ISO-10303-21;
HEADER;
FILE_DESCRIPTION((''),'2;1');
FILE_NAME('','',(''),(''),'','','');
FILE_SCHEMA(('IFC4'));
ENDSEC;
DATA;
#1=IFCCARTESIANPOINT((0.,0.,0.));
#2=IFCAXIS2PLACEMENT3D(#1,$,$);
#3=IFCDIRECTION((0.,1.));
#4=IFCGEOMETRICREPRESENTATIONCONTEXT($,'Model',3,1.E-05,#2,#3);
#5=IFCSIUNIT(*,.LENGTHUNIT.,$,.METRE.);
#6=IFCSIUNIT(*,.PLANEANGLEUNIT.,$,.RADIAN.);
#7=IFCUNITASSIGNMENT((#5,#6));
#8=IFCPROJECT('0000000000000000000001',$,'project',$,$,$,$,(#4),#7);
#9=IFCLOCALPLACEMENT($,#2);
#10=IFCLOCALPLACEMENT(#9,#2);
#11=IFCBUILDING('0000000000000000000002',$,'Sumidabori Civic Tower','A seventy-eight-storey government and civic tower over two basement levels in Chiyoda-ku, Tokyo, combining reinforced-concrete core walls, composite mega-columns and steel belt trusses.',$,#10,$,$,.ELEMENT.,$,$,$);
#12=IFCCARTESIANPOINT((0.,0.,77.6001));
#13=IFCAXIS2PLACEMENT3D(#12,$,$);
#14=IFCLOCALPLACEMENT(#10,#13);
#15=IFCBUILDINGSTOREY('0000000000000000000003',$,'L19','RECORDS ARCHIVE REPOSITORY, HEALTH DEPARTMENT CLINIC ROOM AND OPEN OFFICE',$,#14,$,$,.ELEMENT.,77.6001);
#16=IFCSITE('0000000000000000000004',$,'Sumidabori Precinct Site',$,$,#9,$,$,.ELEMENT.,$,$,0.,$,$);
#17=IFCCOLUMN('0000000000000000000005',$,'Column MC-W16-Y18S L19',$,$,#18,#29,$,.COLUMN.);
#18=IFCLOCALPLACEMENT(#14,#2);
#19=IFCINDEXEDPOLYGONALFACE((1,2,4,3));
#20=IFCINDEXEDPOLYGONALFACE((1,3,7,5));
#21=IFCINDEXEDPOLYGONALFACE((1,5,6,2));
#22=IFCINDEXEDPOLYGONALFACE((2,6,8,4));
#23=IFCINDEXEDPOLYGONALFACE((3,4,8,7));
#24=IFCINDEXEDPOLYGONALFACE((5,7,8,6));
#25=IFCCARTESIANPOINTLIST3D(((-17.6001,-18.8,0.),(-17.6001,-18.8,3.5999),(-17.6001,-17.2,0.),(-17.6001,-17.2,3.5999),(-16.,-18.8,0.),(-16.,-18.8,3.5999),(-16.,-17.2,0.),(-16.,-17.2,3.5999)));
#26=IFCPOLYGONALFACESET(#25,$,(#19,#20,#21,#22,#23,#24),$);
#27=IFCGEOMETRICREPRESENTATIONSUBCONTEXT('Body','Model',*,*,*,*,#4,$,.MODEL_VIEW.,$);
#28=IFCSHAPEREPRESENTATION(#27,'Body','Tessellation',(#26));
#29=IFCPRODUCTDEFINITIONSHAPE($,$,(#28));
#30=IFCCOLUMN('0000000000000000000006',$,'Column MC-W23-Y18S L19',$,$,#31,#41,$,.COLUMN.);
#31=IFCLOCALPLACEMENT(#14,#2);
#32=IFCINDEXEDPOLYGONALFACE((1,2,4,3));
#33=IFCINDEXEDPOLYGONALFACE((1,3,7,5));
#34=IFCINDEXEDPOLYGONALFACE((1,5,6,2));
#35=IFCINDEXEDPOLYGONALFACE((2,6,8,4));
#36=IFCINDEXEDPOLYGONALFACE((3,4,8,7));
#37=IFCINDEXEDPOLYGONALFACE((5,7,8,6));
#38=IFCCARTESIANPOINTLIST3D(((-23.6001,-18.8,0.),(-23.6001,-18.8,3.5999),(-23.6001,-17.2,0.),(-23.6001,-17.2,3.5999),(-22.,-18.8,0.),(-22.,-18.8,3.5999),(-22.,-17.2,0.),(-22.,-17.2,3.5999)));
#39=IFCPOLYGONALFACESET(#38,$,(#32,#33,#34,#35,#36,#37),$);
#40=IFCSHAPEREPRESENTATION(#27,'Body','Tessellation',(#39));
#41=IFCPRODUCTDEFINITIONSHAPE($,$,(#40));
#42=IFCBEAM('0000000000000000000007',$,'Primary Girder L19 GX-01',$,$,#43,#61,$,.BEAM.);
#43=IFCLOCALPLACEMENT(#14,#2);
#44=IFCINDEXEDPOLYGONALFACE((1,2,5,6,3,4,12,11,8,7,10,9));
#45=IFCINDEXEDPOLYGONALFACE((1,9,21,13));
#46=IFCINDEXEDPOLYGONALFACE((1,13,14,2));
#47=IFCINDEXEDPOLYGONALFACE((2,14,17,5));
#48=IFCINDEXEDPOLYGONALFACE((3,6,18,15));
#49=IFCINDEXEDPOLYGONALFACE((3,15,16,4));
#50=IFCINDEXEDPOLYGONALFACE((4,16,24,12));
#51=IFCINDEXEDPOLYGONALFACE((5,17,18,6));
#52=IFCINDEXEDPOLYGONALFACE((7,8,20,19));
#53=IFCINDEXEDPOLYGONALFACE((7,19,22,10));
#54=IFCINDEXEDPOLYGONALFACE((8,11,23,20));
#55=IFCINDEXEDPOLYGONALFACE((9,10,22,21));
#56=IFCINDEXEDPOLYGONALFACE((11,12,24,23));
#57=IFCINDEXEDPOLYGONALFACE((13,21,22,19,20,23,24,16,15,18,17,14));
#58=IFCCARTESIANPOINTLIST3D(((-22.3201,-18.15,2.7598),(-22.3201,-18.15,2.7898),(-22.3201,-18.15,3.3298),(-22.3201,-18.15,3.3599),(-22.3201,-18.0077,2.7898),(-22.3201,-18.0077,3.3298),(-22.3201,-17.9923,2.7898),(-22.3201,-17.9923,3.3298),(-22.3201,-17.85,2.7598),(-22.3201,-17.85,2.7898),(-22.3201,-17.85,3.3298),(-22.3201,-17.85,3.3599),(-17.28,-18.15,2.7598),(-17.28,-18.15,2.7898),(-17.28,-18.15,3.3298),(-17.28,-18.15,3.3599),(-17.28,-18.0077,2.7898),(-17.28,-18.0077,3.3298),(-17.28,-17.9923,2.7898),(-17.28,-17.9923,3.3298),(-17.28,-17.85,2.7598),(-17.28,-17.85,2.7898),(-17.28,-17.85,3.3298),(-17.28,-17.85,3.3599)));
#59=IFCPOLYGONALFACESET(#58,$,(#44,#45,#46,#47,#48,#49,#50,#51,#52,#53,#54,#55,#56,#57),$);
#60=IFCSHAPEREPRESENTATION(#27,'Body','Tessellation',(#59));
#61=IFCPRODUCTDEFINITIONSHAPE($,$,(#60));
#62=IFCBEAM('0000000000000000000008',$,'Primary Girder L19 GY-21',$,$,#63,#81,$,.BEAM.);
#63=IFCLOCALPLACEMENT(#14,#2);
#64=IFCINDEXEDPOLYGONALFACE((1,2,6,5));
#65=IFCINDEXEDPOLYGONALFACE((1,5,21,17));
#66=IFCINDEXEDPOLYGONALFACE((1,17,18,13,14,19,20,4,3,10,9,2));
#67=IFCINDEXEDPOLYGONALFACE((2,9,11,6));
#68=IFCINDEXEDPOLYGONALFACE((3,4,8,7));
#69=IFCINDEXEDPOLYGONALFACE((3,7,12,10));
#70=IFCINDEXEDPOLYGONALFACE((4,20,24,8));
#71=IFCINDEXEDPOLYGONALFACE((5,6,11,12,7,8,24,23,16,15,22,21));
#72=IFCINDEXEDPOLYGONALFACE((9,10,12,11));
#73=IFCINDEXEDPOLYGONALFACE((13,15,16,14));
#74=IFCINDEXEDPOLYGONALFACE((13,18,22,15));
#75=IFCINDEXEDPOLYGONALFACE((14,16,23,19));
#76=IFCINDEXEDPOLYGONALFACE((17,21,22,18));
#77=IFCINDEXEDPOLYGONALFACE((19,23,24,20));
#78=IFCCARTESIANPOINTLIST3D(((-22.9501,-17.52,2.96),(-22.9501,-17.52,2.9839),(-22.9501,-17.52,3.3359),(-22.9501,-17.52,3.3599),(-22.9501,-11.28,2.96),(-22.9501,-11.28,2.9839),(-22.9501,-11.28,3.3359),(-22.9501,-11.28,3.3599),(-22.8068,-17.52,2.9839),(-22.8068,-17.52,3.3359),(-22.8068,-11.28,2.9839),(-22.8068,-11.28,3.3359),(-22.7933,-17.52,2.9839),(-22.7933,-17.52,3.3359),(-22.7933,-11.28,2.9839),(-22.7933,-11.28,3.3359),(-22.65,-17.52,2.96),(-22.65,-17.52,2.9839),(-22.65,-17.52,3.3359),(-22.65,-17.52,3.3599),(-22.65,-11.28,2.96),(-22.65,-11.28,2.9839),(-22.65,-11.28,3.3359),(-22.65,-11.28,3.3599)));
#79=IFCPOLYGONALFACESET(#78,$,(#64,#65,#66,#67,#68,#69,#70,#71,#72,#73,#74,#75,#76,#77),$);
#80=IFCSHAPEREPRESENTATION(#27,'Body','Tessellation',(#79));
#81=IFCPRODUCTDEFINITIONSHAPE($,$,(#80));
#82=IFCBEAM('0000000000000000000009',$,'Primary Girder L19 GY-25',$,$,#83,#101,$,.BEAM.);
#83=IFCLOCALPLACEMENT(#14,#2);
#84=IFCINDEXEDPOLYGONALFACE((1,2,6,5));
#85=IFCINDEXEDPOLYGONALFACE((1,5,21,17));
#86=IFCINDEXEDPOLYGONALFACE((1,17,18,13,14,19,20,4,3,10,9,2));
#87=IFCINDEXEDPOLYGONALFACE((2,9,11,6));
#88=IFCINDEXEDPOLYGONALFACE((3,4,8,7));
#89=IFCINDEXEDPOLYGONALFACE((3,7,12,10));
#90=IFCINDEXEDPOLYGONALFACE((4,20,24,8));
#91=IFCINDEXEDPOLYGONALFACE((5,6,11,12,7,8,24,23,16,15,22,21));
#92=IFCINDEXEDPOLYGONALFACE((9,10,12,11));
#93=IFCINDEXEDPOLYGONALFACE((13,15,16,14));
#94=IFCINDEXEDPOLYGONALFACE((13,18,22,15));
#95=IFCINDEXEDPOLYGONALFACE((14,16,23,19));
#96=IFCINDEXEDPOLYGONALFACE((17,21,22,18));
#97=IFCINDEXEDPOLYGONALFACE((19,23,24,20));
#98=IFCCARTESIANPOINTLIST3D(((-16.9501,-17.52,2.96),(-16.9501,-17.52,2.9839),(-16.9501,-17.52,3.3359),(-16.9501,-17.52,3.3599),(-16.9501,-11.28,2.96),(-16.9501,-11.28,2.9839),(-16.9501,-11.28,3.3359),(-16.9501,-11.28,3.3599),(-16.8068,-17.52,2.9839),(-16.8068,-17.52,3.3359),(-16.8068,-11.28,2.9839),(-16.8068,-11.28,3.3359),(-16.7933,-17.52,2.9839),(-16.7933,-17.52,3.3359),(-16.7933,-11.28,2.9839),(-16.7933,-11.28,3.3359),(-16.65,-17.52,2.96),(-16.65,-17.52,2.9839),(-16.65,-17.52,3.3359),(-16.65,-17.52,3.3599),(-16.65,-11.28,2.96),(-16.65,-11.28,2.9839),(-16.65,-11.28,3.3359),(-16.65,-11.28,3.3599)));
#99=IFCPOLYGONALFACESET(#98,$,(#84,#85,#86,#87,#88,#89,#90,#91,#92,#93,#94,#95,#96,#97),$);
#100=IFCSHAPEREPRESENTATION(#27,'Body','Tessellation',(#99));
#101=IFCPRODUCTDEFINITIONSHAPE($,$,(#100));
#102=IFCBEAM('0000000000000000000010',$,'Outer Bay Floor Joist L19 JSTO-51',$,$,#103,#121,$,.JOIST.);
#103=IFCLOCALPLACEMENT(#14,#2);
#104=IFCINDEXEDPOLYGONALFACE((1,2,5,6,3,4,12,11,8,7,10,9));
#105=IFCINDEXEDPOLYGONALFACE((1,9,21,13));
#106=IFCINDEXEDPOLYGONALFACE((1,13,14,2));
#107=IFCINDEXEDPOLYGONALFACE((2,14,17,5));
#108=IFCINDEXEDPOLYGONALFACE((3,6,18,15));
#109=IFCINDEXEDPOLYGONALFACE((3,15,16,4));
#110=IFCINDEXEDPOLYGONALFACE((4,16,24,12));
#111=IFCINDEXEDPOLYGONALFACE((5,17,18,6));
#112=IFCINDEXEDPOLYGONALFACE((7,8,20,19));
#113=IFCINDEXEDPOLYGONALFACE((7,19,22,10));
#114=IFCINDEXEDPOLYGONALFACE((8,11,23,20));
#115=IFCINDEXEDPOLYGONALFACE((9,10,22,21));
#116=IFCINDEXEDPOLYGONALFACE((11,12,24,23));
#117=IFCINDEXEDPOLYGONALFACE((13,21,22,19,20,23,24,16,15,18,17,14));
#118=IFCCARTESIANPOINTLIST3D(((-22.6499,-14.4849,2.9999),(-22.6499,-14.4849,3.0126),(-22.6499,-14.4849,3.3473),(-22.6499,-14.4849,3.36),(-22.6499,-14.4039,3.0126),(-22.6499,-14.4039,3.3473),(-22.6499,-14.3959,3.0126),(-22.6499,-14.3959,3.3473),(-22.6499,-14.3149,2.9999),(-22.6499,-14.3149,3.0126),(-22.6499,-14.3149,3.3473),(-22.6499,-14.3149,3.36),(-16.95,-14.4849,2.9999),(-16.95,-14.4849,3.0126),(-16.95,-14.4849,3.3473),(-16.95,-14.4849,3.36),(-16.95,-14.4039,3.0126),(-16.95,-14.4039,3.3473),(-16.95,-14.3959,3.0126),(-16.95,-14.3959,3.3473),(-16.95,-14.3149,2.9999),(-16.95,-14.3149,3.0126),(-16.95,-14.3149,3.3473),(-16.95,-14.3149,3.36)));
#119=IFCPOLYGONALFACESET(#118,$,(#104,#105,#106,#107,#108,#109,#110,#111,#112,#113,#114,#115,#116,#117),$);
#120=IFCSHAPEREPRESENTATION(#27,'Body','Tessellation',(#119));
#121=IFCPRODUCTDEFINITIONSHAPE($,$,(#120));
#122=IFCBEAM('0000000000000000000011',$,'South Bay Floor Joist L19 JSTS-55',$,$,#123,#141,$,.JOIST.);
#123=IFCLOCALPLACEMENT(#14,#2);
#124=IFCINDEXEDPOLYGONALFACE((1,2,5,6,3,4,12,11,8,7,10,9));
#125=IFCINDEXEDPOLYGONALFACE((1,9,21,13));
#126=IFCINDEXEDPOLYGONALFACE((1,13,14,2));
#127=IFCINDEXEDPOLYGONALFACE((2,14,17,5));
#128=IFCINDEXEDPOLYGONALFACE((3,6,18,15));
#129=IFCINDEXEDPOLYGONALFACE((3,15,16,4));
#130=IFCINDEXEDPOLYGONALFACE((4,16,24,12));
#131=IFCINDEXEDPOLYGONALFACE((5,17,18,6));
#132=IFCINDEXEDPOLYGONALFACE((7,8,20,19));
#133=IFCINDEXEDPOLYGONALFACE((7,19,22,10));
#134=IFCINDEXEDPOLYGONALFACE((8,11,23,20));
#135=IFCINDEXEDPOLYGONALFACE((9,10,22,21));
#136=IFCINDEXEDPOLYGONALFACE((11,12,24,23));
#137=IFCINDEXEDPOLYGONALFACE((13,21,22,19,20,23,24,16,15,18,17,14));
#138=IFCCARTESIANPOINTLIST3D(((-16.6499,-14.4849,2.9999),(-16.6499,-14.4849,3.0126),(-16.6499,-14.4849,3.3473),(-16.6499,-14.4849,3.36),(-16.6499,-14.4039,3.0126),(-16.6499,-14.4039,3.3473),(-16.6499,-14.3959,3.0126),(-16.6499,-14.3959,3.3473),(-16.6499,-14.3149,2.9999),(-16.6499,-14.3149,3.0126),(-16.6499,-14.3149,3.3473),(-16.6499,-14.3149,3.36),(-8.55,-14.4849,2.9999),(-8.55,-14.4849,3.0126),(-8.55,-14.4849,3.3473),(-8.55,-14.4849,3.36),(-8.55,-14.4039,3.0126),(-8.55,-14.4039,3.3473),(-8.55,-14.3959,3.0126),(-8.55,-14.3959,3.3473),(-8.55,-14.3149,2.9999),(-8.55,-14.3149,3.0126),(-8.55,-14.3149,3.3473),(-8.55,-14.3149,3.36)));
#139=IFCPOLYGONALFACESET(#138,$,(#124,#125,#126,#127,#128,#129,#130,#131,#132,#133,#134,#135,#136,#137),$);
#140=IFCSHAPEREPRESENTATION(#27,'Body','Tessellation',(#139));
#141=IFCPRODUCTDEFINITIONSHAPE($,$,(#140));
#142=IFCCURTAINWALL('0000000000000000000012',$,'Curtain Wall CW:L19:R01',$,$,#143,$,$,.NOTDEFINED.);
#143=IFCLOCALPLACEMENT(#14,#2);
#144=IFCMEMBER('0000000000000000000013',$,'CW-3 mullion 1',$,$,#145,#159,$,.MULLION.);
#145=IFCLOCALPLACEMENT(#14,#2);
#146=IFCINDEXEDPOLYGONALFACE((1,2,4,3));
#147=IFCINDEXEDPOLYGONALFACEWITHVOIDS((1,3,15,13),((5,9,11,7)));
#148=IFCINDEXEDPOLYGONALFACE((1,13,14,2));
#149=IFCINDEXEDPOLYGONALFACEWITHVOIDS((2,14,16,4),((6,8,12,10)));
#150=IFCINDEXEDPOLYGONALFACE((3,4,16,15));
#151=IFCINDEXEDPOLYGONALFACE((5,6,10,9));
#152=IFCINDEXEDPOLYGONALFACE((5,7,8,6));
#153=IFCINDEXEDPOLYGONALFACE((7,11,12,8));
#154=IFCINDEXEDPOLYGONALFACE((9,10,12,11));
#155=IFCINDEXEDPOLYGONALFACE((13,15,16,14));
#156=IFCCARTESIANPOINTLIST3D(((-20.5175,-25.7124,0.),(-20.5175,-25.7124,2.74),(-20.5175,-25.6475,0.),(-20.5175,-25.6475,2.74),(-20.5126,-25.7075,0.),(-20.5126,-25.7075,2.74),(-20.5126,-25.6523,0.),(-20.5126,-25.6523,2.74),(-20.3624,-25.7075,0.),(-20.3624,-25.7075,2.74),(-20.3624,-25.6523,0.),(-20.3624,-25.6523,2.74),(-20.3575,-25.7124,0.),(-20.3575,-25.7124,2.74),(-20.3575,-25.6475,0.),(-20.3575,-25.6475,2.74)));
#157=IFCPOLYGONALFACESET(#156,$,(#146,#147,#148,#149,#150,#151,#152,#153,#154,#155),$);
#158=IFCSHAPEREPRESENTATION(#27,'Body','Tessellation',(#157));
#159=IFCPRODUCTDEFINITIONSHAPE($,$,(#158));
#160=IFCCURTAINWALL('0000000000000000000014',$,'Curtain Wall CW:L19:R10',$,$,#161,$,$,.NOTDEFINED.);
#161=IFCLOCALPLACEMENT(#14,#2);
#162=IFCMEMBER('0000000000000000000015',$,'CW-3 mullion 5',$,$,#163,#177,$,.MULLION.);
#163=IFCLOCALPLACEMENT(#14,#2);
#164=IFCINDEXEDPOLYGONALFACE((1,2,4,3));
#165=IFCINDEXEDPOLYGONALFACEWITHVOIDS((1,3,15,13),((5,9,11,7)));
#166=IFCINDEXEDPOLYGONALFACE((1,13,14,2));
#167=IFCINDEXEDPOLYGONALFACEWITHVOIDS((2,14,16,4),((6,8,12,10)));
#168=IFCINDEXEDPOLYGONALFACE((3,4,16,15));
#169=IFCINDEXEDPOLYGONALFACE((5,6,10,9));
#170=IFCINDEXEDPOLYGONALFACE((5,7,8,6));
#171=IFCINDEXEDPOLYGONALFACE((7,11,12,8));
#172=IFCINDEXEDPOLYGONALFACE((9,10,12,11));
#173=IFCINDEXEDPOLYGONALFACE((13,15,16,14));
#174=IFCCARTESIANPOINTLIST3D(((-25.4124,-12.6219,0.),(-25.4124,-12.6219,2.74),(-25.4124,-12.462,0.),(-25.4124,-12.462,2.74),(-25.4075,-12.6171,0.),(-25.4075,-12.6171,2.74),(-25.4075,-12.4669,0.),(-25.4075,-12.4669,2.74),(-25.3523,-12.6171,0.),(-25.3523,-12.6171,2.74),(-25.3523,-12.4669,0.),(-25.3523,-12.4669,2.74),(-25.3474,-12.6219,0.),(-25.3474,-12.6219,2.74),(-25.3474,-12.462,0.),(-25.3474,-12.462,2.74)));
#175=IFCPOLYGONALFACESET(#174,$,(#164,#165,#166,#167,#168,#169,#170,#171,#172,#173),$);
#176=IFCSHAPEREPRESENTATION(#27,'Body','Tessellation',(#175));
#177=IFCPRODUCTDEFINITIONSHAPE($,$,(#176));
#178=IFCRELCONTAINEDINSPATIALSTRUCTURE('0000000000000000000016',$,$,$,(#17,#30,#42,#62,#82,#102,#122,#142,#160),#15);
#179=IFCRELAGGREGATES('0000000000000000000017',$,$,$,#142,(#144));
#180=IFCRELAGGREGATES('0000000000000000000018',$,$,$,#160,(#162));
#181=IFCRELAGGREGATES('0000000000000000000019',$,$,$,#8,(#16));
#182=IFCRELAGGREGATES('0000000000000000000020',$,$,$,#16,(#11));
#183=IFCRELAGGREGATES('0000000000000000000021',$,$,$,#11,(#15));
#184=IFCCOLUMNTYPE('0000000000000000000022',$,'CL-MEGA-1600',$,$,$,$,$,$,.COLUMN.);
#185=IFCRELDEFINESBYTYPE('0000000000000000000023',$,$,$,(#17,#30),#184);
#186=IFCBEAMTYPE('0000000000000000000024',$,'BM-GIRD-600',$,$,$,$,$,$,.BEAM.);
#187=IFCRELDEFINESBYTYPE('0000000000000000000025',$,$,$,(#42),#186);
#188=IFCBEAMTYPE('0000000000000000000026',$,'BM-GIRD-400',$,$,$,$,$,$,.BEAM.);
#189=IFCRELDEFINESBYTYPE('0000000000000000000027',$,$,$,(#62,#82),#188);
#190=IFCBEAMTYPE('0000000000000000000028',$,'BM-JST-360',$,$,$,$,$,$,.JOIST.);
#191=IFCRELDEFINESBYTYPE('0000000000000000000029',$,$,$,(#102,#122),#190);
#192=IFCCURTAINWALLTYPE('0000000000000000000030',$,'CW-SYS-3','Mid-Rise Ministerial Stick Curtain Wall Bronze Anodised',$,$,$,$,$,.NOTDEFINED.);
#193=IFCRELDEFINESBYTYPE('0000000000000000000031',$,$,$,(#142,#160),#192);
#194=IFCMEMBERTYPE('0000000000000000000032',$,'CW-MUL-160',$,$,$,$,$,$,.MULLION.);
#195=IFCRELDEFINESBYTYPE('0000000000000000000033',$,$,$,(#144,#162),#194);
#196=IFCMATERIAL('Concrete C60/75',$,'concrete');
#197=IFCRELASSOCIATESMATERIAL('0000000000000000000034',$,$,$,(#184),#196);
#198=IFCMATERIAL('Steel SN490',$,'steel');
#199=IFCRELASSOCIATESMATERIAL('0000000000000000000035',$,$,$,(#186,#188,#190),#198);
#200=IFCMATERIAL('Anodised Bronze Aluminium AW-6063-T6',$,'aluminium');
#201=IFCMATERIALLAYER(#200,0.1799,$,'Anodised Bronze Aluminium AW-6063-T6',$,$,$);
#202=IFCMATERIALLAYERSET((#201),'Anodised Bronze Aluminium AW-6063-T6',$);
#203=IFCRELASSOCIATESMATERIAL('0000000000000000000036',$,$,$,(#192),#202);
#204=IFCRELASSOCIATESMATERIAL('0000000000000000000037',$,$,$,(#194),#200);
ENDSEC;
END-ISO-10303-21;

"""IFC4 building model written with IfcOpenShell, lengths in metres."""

from ifc_helpers import new_model, si_unit, direction, frame, origin, origin_2d, place, context, subcontext, project, spatial, rectangle, hollow_rectangle, i_section, extrude, source, transform, mapped, material, layer, layer_set, material_profile, profile_set, type_object, element, aggregate, save


model = new_model("IFC4")

# Units and contexts
model_context = context("Model", 3, precision=1e-05, world=origin(), true_north=direction((0.0, 1.0)))
body_context = subcontext(model_context, "Body", "Model", "MODEL_VIEW")
ifc_project = project(units=[si_unit("LENGTHUNIT", "METRE"), si_unit("PLANEANGLEUNIT", "RADIAN")], contexts=[model_context])

# Site, building, storey
site_placement = place(None, origin())
site = spatial("IfcSite", under=ifc_project, at=site_placement, Name="Sumidabori Precinct Site", CompositionType="ELEMENT", RefElevation=0.0)
building_placement = place(site_placement, origin())
building = spatial("IfcBuilding", under=site, at=building_placement, Name="Sumidabori Civic Tower", Description="A seventy-eight-storey government and civic tower over two basement levels in Chiyoda-ku, Tokyo, combining reinforced-concrete core walls, composite mega-columns and steel belt trusses.", CompositionType="ELEMENT")
storey_placement = place(building_placement, frame((0.0, 0.0, 77.6001)))
storey = spatial("IfcBuildingStorey", under=building, at=storey_placement, Name="L19", Description="RECORDS ARCHIVE REPOSITORY, HEALTH DEPARTMENT CLINIC ROOM AND OPEN OFFICE", CompositionType="ELEMENT", Elevation=77.6001)

# Columns
ifc_material_1 = material(Name="Concrete C60/75", Category="concrete")
ifc_material_profile_1 = material_profile(ifc_material_1, rectangle(XDim=1.6001, YDim=1.6001, at=origin_2d()), Name="RC 1600x1600")
ifc_profile_set_1 = profile_set([ifc_material_profile_1], Name="Concrete C60/75")
column_type = type_object("IfcColumnType", Name="CL-MEGA-1600", PredefinedType="COLUMN", material=ifc_profile_set_1)
shared_shape_1 = source(origin(), body_context, "Body", "SweptSolid", [
    extrude(rectangle(XDim=1.6001, YDim=1.6001, at=origin_2d()), origin(), (0.0, 0.0, 1.0), 3.5999),
])
for number, where, z_axis, x_axis, name in (
    (1, (-16.8, -18.0, 0.0), (0.0, 0.0, 1.0), (1.0, 0.0, 0.0), "Column MC-W16-Y18S L19"),
    (2, (-22.8, -18.0, 0.0), (0.0, 0.0, 1.0), (1.0, 0.0, 0.0), "Column MC-W23-Y18S L19"),
):
    element("IfcColumn", number, at=place(storey_placement, frame(where, z_axis=z_axis, x_axis=x_axis)), inside=storey, type_object=column_type, Name=name, PredefinedType="COLUMN", context=body_context, shape_type="MappedRepresentation", body=[
        mapped(shared_shape_1, transform((0.0, 0.0, 0.0), x_axis=(1.0, 0.0, 0.0), y_axis=(0.0, 1.0, 0.0), z_axis=(0.0, 0.0, 1.0), scale=1.0)),
    ])

# Beams
ifc_material_2 = material(Name="Steel SN490", Category="steel")
ifc_material_profile_2 = material_profile(ifc_material_2, i_section(OverallWidth=0.3, OverallDepth=0.6001, WebThickness=0.0154, FlangeThickness=0.03, at=origin_2d()), Name="HE 600 B")
ifc_profile_set_2 = profile_set([ifc_material_profile_2], Name="Steel SN490")
beam_type_1 = type_object("IfcBeamType", Name="BM-GIRD-600", PredefinedType="BEAM", material=ifc_profile_set_2)
shared_shape_2 = source(origin(), body_context, "Body", "SweptSolid", [
    extrude(i_section(OverallWidth=0.3, OverallDepth=0.6001, WebThickness=0.0154, FlangeThickness=0.03, at=origin_2d()), origin(), (0.0, 0.0, 1.0), 5.04),
])
beam_1_placement = place(storey_placement, frame((-22.3201, -18.0, 3.0598), z_axis=(1.0, 0.0, 0.0), x_axis=(0.0, 1.0, 0.0)))
element("IfcBeam", 3, at=beam_1_placement, inside=storey, type_object=beam_type_1, Name="Primary Girder L19 GX-01", PredefinedType="BEAM", context=body_context, shape_type="MappedRepresentation", body=[
    mapped(shared_shape_2, transform((0.0, 0.0, 0.0), x_axis=(1.0, 0.0, 0.0), y_axis=(0.0, 1.0, 0.0), z_axis=(0.0, 0.0, 1.0), scale=1.0)),
])
ifc_material_profile_3 = material_profile(ifc_material_2, i_section(OverallWidth=0.3, OverallDepth=0.3999, WebThickness=0.0134, FlangeThickness=0.0239, at=origin_2d()), Name="HE 400 B")
ifc_profile_set_3 = profile_set([ifc_material_profile_3], Name="Steel SN490")
beam_type_2 = type_object("IfcBeamType", Name="BM-GIRD-400", PredefinedType="BEAM", material=ifc_profile_set_3)
shared_shape_3 = source(origin(), body_context, "Body", "SweptSolid", [
    extrude(i_section(OverallWidth=0.3, OverallDepth=0.3999, WebThickness=0.0134, FlangeThickness=0.0239, at=origin_2d()), origin(), (0.0, 0.0, 1.0), 6.24),
])
for number, where, z_axis, x_axis, name in (
    (4, (-22.8, -17.52, 3.1599), (0.0, 1.0, 0.0), (-1.0, 0.0, 0.0), "Primary Girder L19 GY-21"),
    (5, (-16.8, -17.52, 3.1599), (0.0, 1.0, 0.0), (-1.0, 0.0, 0.0), "Primary Girder L19 GY-25"),
):
    element("IfcBeam", number, at=place(storey_placement, frame(where, z_axis=z_axis, x_axis=x_axis)), inside=storey, type_object=beam_type_2, Name=name, PredefinedType="BEAM", context=body_context, shape_type="MappedRepresentation", body=[
        mapped(shared_shape_3, transform((0.0, 0.0, 0.0), x_axis=(1.0, 0.0, 0.0), y_axis=(0.0, 1.0, 0.0), z_axis=(0.0, 0.0, 1.0), scale=1.0)),
    ])
ifc_material_profile_4 = material_profile(ifc_material_2, i_section(OverallWidth=0.1699, OverallDepth=0.3601, WebThickness=0.0081, FlangeThickness=0.0127, at=origin_2d()), Name="IPE 360")
ifc_profile_set_4 = profile_set([ifc_material_profile_4], Name="Steel SN490")
beam_type_3 = type_object("IfcBeamType", Name="BM-JST-360", PredefinedType="JOIST", material=ifc_profile_set_4)
shared_shape_4 = source(origin(), body_context, "Body", "SweptSolid", [
    extrude(i_section(OverallWidth=0.1699, OverallDepth=0.3601, WebThickness=0.0081, FlangeThickness=0.0127, at=origin_2d()), origin(), (0.0, 0.0, 1.0), 5.7),
])
beam_2_placement = place(storey_placement, frame((-22.6499, -14.3999, 3.1799), z_axis=(1.0, 0.0, 0.0), x_axis=(0.0, 1.0, 0.0)))
element("IfcBeam", 6, at=beam_2_placement, inside=storey, type_object=beam_type_3, Name="Outer Bay Floor Joist L19 JSTO-51", PredefinedType="JOIST", context=body_context, shape_type="MappedRepresentation", body=[
    mapped(shared_shape_4, transform((0.0, 0.0, 0.0), x_axis=(1.0, 0.0, 0.0), y_axis=(0.0, 1.0, 0.0), z_axis=(0.0, 0.0, 1.0), scale=1.0)),
])
shared_shape_5 = source(origin(), body_context, "Body", "SweptSolid", [
    extrude(i_section(OverallWidth=0.1699, OverallDepth=0.3601, WebThickness=0.0081, FlangeThickness=0.0127, at=origin_2d()), origin(), (0.0, 0.0, 1.0), 8.0999),
])
beam_3_placement = place(storey_placement, frame((-16.6499, -14.3999, 3.1799), z_axis=(1.0, 0.0, 0.0), x_axis=(0.0, 1.0, 0.0)))
element("IfcBeam", 7, at=beam_3_placement, inside=storey, type_object=beam_type_3, Name="South Bay Floor Joist L19 JSTS-55", PredefinedType="JOIST", context=body_context, shape_type="MappedRepresentation", body=[
    mapped(shared_shape_5, transform((0.0, 0.0, 0.0), x_axis=(1.0, 0.0, 0.0), y_axis=(0.0, 1.0, 0.0), z_axis=(0.0, 0.0, 1.0), scale=1.0)),
])

# Curtain wall, member
ifc_material_3 = material(Name="Anodised Bronze Aluminium AW-6063-T6", Category="aluminium")
ifc_layer_1 = layer(ifc_material_3, 0.1799, Name="Anodised Bronze Aluminium AW-6063-T6")
ifc_layer_set_1 = layer_set([ifc_layer_1], Name="Anodised Bronze Aluminium AW-6063-T6")
curtain_wall_type = type_object("IfcCurtainWallType", Name="CW-SYS-3", Description="Mid-Rise Ministerial Stick Curtain Wall Bronze Anodised", PredefinedType="NOTDEFINED", material=ifc_layer_set_1)
curtain_wall_1_placement = place(storey_placement, origin())
curtain_wall_1 = element("IfcCurtainWall", 8, at=curtain_wall_1_placement, inside=storey, type_object=curtain_wall_type, Name="Curtain Wall CW:L19:R01", PredefinedType="NOTDEFINED")
ifc_material_profile_5 = material_profile(ifc_material_3, hollow_rectangle(XDim=0.0649, YDim=0.1599, WallThickness=0.0049, at=origin_2d()), Name="ALU MULLION 160x65")
ifc_profile_set_5 = profile_set([ifc_material_profile_5], Name="Anodised Bronze Aluminium AW-6063-T6")
member_type_1 = type_object("IfcMemberType", Name="CW-MUL-160", PredefinedType="MULLION", material=ifc_profile_set_5)
shared_shape_6 = source(origin(), body_context, "Body", "SweptSolid", [
    extrude(hollow_rectangle(XDim=0.0649, YDim=0.1599, WallThickness=0.0049, at=origin_2d()), origin(), (0.0, 0.0, 1.0), 2.74),
])
member_1_placement = place(storey_placement, frame((-20.4375, -25.6799, 0.0), z_axis=(0.0, 0.0, 1.0), x_axis=(0.0, 1.0, 0.0)))
member_1 = element("IfcMember", 9, at=member_1_placement, type_object=member_type_1, Name="CW-3 mullion 1", PredefinedType="MULLION", context=body_context, shape_type="MappedRepresentation", body=[
    mapped(shared_shape_6, transform((0.0, 0.0, 0.0), x_axis=(1.0, 0.0, 0.0), y_axis=(0.0, 1.0, 0.0), z_axis=(0.0, 0.0, 1.0), scale=1.0)),
])

# Curtain wall, member
curtain_wall_2_placement = place(storey_placement, origin())
curtain_wall_2 = element("IfcCurtainWall", 10, at=curtain_wall_2_placement, inside=storey, type_object=curtain_wall_type, Name="Curtain Wall CW:L19:R10", PredefinedType="NOTDEFINED")
member_2_placement = place(storey_placement, frame((-25.3799, -12.542, 0.0), z_axis=(0.0, 0.0, 1.0), x_axis=(1.0, 0.0, 0.0)))
member_2 = element("IfcMember", 11, at=member_2_placement, type_object=member_type_1, Name="CW-3 mullion 5", PredefinedType="MULLION", context=body_context, shape_type="MappedRepresentation", body=[
    mapped(shared_shape_6, transform((0.0, 0.0, 0.0), x_axis=(1.0, 0.0, 0.0), y_axis=(0.0, 1.0, 0.0), z_axis=(0.0, 0.0, 1.0), scale=1.0)),
])

aggregate(curtain_wall_1, [member_1])

aggregate(curtain_wall_2, [member_2])

save(model, "model.ifc")
